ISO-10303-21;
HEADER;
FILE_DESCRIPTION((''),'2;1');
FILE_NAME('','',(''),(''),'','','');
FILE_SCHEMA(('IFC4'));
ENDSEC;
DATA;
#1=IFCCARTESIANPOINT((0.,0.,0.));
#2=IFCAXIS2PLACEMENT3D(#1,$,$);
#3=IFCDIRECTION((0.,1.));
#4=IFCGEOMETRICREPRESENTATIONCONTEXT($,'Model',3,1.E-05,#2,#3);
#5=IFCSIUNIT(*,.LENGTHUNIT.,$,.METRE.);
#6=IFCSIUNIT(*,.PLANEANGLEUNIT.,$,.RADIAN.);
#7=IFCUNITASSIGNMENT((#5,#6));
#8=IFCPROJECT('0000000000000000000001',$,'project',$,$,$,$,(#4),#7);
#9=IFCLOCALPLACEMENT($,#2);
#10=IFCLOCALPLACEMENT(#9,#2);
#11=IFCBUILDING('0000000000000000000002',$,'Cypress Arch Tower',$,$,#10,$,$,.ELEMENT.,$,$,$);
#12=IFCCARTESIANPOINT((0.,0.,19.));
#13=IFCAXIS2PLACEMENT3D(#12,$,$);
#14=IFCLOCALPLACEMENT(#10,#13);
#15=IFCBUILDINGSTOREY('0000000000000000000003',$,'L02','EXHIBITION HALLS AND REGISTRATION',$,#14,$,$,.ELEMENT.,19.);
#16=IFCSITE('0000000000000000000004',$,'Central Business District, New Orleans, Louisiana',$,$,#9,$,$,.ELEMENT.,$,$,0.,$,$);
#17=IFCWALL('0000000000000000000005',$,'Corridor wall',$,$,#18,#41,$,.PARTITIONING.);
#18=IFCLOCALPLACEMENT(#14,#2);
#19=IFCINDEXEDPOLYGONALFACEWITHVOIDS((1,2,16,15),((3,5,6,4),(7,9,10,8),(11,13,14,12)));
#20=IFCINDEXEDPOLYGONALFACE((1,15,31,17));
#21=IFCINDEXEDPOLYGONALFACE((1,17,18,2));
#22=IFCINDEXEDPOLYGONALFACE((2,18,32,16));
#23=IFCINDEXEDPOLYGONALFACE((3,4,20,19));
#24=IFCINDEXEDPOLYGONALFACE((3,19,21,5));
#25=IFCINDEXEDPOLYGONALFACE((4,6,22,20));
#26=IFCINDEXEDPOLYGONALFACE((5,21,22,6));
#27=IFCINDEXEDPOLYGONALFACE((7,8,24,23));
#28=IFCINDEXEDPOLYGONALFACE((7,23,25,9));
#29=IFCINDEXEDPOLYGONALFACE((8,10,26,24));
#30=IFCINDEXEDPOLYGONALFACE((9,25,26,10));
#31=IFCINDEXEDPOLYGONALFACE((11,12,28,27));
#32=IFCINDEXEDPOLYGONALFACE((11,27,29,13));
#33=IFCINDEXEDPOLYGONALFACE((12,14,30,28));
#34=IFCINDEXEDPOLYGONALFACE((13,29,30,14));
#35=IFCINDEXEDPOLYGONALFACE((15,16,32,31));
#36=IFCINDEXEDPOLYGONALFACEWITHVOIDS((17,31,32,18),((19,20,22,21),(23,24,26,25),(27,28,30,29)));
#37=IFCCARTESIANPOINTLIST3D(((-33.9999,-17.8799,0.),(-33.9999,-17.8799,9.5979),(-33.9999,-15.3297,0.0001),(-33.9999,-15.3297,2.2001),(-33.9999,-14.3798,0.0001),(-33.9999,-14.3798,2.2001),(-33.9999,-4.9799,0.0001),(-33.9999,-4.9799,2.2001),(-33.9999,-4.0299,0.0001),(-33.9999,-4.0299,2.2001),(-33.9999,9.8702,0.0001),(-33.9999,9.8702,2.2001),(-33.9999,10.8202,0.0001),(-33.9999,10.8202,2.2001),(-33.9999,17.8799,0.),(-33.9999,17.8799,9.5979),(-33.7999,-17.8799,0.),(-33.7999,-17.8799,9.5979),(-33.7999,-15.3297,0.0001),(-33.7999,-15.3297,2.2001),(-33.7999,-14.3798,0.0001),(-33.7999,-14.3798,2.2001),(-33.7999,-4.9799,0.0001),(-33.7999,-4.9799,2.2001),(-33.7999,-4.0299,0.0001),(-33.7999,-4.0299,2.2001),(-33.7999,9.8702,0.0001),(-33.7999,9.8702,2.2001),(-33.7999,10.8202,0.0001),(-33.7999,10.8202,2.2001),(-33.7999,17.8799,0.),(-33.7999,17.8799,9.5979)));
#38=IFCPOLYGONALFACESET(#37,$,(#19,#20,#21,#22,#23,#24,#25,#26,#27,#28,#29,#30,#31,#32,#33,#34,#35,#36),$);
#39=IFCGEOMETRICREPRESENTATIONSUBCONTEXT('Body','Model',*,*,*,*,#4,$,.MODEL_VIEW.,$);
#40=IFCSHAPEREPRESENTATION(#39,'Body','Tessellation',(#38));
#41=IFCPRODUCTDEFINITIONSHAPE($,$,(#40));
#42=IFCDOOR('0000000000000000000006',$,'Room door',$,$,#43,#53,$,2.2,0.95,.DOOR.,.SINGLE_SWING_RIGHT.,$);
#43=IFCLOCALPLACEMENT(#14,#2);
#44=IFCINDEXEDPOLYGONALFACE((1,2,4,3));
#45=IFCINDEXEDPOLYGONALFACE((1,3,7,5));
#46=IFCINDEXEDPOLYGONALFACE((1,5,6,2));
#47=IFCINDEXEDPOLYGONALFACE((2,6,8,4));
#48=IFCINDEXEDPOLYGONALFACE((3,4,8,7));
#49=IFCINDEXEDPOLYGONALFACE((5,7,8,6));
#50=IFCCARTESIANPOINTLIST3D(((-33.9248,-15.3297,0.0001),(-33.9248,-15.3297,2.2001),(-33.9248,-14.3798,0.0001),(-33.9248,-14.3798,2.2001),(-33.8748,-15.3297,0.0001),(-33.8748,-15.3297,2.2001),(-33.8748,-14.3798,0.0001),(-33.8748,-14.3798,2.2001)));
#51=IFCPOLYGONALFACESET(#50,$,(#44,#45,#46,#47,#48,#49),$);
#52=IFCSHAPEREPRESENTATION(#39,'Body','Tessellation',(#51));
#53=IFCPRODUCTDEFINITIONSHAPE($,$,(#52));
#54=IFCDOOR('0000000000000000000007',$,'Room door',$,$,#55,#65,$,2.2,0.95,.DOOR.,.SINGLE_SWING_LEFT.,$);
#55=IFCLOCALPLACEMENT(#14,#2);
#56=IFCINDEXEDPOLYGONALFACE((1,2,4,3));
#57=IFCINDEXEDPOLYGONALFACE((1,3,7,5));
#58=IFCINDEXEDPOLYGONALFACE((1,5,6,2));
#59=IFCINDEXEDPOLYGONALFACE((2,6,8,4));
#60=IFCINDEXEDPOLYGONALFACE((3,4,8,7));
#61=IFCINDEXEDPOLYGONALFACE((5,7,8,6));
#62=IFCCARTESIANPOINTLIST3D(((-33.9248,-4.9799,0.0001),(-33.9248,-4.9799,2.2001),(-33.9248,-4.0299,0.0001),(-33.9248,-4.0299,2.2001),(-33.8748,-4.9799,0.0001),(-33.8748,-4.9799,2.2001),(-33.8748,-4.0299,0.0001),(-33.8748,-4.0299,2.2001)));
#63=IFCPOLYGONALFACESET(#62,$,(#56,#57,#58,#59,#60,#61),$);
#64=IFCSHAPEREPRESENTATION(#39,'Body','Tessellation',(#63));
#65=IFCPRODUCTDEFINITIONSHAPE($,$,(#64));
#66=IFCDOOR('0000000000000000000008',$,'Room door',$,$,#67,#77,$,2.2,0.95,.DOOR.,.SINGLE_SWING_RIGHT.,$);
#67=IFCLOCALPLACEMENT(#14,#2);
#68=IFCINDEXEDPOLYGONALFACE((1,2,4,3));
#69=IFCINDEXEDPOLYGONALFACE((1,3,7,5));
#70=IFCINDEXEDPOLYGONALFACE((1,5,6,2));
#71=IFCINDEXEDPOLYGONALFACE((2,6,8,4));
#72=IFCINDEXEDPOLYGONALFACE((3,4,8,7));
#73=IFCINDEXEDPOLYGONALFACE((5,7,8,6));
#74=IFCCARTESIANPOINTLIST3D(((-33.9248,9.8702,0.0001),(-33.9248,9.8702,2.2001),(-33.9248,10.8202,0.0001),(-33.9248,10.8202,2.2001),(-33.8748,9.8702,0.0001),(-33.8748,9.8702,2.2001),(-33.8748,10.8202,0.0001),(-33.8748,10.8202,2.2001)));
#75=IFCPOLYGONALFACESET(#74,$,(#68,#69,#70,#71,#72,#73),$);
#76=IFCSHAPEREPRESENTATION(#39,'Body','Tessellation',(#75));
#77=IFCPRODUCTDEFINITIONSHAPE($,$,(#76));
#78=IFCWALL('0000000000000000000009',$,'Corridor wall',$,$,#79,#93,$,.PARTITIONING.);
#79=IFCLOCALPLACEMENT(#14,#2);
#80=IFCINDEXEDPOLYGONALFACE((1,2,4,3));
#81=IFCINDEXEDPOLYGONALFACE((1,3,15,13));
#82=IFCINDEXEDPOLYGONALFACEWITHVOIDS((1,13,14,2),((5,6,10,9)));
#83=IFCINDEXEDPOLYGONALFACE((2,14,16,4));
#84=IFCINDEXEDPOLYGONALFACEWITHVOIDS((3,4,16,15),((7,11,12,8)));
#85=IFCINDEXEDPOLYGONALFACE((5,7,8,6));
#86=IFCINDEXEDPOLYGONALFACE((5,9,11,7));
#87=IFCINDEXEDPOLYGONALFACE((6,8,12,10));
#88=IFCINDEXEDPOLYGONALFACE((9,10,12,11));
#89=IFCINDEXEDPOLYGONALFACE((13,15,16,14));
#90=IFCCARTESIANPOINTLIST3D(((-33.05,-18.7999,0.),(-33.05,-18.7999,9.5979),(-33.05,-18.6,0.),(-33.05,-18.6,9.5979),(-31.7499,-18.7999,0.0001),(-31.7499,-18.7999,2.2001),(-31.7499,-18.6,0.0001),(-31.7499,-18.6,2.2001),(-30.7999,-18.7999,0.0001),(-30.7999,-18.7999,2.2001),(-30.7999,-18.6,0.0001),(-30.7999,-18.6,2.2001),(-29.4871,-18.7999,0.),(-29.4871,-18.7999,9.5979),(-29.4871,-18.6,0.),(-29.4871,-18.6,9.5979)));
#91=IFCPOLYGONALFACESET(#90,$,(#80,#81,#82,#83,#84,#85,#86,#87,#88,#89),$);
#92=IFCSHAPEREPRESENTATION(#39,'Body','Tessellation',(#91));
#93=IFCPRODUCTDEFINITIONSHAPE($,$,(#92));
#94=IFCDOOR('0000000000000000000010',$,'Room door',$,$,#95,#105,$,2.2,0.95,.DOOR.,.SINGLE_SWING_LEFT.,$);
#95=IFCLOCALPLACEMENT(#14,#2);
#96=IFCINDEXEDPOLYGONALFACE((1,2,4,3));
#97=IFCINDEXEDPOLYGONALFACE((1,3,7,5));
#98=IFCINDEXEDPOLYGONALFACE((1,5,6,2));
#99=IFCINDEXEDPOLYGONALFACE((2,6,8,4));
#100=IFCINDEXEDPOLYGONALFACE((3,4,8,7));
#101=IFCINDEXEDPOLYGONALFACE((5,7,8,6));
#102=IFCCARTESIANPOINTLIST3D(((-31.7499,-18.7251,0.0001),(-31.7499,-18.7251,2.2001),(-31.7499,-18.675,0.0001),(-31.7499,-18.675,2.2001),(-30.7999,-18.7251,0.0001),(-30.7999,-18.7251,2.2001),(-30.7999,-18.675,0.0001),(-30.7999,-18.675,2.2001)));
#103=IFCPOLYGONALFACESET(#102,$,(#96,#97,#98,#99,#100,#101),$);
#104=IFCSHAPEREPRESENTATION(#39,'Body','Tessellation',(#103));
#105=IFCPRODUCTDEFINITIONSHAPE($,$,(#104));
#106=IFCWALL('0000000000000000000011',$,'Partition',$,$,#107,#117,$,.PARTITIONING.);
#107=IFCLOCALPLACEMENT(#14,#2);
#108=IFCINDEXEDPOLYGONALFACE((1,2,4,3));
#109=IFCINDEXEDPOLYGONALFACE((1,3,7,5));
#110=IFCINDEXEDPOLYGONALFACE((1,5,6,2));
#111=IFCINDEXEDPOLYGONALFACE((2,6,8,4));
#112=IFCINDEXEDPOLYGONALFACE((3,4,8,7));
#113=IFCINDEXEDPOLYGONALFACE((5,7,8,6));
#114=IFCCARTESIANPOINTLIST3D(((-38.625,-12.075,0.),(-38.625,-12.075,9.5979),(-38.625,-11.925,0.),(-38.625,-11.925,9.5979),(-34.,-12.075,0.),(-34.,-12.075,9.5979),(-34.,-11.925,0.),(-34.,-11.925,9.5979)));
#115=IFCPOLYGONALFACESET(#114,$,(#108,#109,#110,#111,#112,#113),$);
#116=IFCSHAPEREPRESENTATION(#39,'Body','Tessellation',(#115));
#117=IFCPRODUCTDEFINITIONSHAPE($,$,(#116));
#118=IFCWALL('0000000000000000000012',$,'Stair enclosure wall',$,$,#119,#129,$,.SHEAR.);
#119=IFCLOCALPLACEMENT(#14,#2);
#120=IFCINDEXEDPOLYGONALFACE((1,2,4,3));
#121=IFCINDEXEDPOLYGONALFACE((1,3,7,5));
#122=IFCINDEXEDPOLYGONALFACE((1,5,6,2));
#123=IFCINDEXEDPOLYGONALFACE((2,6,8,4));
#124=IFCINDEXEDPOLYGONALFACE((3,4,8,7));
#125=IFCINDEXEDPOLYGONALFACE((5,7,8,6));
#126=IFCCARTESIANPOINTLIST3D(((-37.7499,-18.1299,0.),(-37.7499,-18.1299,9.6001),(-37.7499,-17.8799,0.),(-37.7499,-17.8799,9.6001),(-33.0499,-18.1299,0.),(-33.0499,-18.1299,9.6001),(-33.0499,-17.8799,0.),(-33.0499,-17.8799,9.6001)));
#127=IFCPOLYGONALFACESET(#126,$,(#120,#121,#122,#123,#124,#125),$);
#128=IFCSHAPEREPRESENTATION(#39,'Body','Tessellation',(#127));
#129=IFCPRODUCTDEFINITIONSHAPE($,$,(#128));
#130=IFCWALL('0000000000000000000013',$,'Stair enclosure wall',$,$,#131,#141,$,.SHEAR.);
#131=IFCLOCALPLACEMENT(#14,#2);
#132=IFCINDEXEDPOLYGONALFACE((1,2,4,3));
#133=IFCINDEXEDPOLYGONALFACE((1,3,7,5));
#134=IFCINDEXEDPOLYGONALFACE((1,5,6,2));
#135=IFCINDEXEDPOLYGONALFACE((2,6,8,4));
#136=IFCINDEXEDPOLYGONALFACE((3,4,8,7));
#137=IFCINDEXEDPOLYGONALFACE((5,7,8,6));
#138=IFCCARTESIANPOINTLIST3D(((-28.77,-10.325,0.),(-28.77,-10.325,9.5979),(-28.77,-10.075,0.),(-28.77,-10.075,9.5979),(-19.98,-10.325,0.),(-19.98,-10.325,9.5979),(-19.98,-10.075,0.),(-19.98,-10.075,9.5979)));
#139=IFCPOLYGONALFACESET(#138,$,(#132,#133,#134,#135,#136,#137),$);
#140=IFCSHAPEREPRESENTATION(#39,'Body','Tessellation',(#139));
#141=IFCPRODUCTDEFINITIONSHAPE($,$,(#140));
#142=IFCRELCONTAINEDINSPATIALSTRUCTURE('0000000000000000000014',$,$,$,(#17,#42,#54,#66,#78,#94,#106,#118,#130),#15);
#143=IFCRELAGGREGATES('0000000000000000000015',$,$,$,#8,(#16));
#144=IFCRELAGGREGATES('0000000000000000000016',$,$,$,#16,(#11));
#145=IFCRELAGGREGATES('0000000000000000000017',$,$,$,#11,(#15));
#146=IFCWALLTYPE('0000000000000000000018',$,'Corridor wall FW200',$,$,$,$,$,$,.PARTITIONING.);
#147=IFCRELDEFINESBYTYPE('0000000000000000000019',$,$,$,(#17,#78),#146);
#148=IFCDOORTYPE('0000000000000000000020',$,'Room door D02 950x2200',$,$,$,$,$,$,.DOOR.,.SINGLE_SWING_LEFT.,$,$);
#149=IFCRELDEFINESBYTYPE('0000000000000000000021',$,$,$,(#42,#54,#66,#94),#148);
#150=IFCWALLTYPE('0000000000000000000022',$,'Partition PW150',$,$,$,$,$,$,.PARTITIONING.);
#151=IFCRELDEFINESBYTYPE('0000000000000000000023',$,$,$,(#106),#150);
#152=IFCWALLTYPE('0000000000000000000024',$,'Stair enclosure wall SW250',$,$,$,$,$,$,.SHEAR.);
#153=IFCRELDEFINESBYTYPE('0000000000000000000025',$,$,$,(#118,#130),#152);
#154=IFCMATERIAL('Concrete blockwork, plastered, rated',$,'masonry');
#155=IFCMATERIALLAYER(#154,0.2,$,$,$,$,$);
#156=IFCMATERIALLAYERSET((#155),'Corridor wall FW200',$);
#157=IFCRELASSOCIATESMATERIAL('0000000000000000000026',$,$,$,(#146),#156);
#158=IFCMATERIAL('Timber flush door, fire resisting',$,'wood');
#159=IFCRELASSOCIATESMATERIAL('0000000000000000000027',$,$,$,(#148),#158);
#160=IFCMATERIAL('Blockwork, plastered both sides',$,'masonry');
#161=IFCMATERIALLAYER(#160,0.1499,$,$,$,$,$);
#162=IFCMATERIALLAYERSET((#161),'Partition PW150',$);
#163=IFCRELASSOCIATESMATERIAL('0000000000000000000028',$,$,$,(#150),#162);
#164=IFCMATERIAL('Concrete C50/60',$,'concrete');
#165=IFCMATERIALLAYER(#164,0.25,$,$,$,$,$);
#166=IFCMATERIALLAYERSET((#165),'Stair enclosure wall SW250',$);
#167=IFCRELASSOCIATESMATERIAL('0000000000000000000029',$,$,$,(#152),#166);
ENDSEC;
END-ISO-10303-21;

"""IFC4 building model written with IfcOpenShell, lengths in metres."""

from ifc_helpers import new_model, si_unit, direction, frame, frame_2d, origin, place, context, subcontext, project, spatial, rectangle, extrude, material, layer, layer_set, type_object, element, fill, save


model = new_model("IFC4")

# Units and contexts
model_context = context("Model", 3, precision=1e-05, world=origin(), true_north=direction((0.0, 1.0)))
body_context = subcontext(model_context, "Body", "Model", "MODEL_VIEW")
ifc_project = project(units=[si_unit("LENGTHUNIT", "METRE"), si_unit("PLANEANGLEUNIT", "RADIAN")], contexts=[model_context])

# Site, building, storey
site_placement = place(None, origin())
site = spatial("IfcSite", under=ifc_project, at=site_placement, Name="Central Business District, New Orleans, Louisiana", CompositionType="ELEMENT", RefElevation=0.0)
building_placement = place(site_placement, origin())
building = spatial("IfcBuilding", under=site, at=building_placement, Name="Cypress Arch Tower", CompositionType="ELEMENT")
storey_placement = place(building_placement, frame((0.0, 0.0, 19.0)))
storey = spatial("IfcBuildingStorey", under=building, at=storey_placement, Name="L02", Description="EXHIBITION HALLS AND REGISTRATION", CompositionType="ELEMENT", Elevation=19.0)

# Wall, openings, doors
ifc_material_1 = material(Name="Concrete blockwork, plastered, rated", Category="masonry")
ifc_layer_1 = layer(ifc_material_1, 0.2)
ifc_layer_set_1 = layer_set([ifc_layer_1], Name="Corridor wall FW200")
wall_type_1 = type_object("IfcWallType", Name="Corridor wall FW200", PredefinedType="PARTITIONING", material=ifc_layer_set_1)
wall_1_placement = place(storey_placement, frame((-33.8999, -17.8799, 0.0), z_axis=(0.0, 0.0, 1.0), x_axis=(0.0, 1.0, 0.0)))
wall_1 = element("IfcWall", 1, at=wall_1_placement, inside=storey, type_object=wall_type_1, Name="Corridor wall", PredefinedType="PARTITIONING", context=body_context, shape_type="SweptSolid", body=[
    extrude(rectangle(XDim=35.7598, YDim=0.2, at=frame_2d((17.8799, 0.0))), origin(), (0.0, 0.0, 1.0), 9.5979),
])
opening_1_placement = place(wall_1_placement, frame((2.55, 0.0, 0.0)))
opening_1 = element("IfcOpeningElement", 2, at=opening_1_placement, cuts=wall_1, PredefinedType="OPENING", context=body_context, shape_type="SweptSolid", body=[
    extrude(rectangle(XDim=0.95, YDim=2.2, at=frame_2d((0.4751, 1.1001))), frame((0.0, 0.1099, 0.0), z_axis=(0.0, -1.0, 0.0), x_axis=(1.0, 0.0, 0.0)), (0.0, 0.0, 1.0), 0.22),
])
opening_2_placement = place(wall_1_placement, frame((12.8999, 0.0, 0.0)))
opening_2 = element("IfcOpeningElement", 3, at=opening_2_placement, cuts=wall_1, PredefinedType="OPENING", context=body_context, shape_type="SweptSolid", body=[
    extrude(rectangle(XDim=0.95, YDim=2.2, at=frame_2d((0.4751, 1.1001))), frame((0.0, 0.1099, 0.0), z_axis=(0.0, -1.0, 0.0), x_axis=(1.0, 0.0, 0.0)), (0.0, 0.0, 1.0), 0.22),
])
opening_3_placement = place(wall_1_placement, frame((27.75, 0.0, 0.0)))
opening_3 = element("IfcOpeningElement", 4, at=opening_3_placement, cuts=wall_1, PredefinedType="OPENING", context=body_context, shape_type="SweptSolid", body=[
    extrude(rectangle(XDim=0.95, YDim=2.2, at=frame_2d((0.4751, 1.1001))), frame((0.0, 0.1099, 0.0), z_axis=(0.0, -1.0, 0.0), x_axis=(1.0, 0.0, 0.0)), (0.0, 0.0, 1.0), 0.22),
])
ifc_material_2 = material(Name="Timber flush door, fire resisting", Category="wood")
door_type = type_object("IfcDoorType", Name="Room door D02 950x2200", OperationType="SINGLE_SWING_LEFT", PredefinedType="DOOR", material=ifc_material_2)
door_1_placement = place(opening_1_placement, origin())
door_1 = element("IfcDoor", 5, at=door_1_placement, inside=storey, type_object=door_type, Name="Room door", OperationType="SINGLE_SWING_RIGHT", OverallHeight=2.2, OverallWidth=0.95, PredefinedType="DOOR", context=body_context, shape_type="SweptSolid", body=[
    extrude(rectangle(XDim=0.95, YDim=2.2, at=frame_2d((0.4751, 1.1001))), frame((0.0, 0.0249, 0.0), z_axis=(0.0, -1.0, 0.0), x_axis=(1.0, 0.0, 0.0)), (0.0, 0.0, 1.0), 0.05),
])
fill(opening_1, door_1)
door_2_placement = place(opening_2_placement, origin())
door_2 = element("IfcDoor", 6, at=door_2_placement, inside=storey, type_object=door_type, Name="Room door", OperationType="SINGLE_SWING_LEFT", OverallHeight=2.2, OverallWidth=0.95, PredefinedType="DOOR", context=body_context, shape_type="SweptSolid", body=[
    extrude(rectangle(XDim=0.95, YDim=2.2, at=frame_2d((0.4751, 1.1001))), frame((0.0, 0.0249, 0.0), z_axis=(0.0, -1.0, 0.0), x_axis=(1.0, 0.0, 0.0)), (0.0, 0.0, 1.0), 0.05),
])
fill(opening_2, door_2)
door_3_placement = place(opening_3_placement, origin())
door_3 = element("IfcDoor", 7, at=door_3_placement, inside=storey, type_object=door_type, Name="Room door", OperationType="SINGLE_SWING_RIGHT", OverallHeight=2.2, OverallWidth=0.95, PredefinedType="DOOR", context=body_context, shape_type="SweptSolid", body=[
    extrude(rectangle(XDim=0.95, YDim=2.2, at=frame_2d((0.4751, 1.1001))), frame((0.0, 0.0249, 0.0), z_axis=(0.0, -1.0, 0.0), x_axis=(1.0, 0.0, 0.0)), (0.0, 0.0, 1.0), 0.05),
])
fill(opening_3, door_3)

# Wall, opening, door
wall_2_placement = place(storey_placement, frame((-33.05, -18.7, 0.0), z_axis=(0.0, 0.0, 1.0), x_axis=(1.0, 0.0, 0.0)))
wall_2 = element("IfcWall", 8, at=wall_2_placement, inside=storey, type_object=wall_type_1, Name="Corridor wall", PredefinedType="PARTITIONING", context=body_context, shape_type="SweptSolid", body=[
    extrude(rectangle(XDim=3.563, YDim=0.2, at=frame_2d((1.7815, 0.0))), origin(), (0.0, 0.0, 1.0), 9.5979),
])
opening_4_placement = place(wall_2_placement, frame((1.3, 0.0, 0.0)))
opening_4 = element("IfcOpeningElement", 9, at=opening_4_placement, cuts=wall_2, PredefinedType="OPENING", context=body_context, shape_type="SweptSolid", body=[
    extrude(rectangle(XDim=0.95, YDim=2.2, at=frame_2d((0.4751, 1.1001))), frame((0.0, 0.1099, 0.0), z_axis=(0.0, -1.0, 0.0), x_axis=(1.0, 0.0, 0.0)), (0.0, 0.0, 1.0), 0.22),
])
door_4_placement = place(opening_4_placement, origin())
door_4 = element("IfcDoor", 10, at=door_4_placement, inside=storey, type_object=door_type, Name="Room door", OperationType="SINGLE_SWING_LEFT", OverallHeight=2.2, OverallWidth=0.95, PredefinedType="DOOR", context=body_context, shape_type="SweptSolid", body=[
    extrude(rectangle(XDim=0.95, YDim=2.2, at=frame_2d((0.4751, 1.1001))), frame((0.0, 0.0249, 0.0), z_axis=(0.0, -1.0, 0.0), x_axis=(1.0, 0.0, 0.0)), (0.0, 0.0, 1.0), 0.05),
])
fill(opening_4, door_4)

# Walls
ifc_material_3 = material(Name="Blockwork, plastered both sides", Category="masonry")
ifc_layer_2 = layer(ifc_material_3, 0.1499)
ifc_layer_set_2 = layer_set([ifc_layer_2], Name="Partition PW150")
wall_type_2 = type_object("IfcWallType", Name="Partition PW150", PredefinedType="PARTITIONING", material=ifc_layer_set_2)
wall_3_placement = place(storey_placement, frame((-38.625, -12.0, 0.0), z_axis=(0.0, 0.0, 1.0), x_axis=(1.0, 0.0, 0.0)))
element("IfcWall", 11, at=wall_3_placement, inside=storey, type_object=wall_type_2, Name="Partition", PredefinedType="PARTITIONING", context=body_context, shape_type="SweptSolid", body=[
    extrude(rectangle(XDim=4.625, YDim=0.1499, at=frame_2d((2.3125, 0.0))), origin(), (0.0, 0.0, 1.0), 9.5979),
])
ifc_material_4 = material(Name="Concrete C50/60", Category="concrete")
ifc_layer_3 = layer(ifc_material_4, 0.25)
ifc_layer_set_3 = layer_set([ifc_layer_3], Name="Stair enclosure wall SW250")
wall_type_3 = type_object("IfcWallType", Name="Stair enclosure wall SW250", PredefinedType="SHEAR", material=ifc_layer_set_3)
wall_4_placement = place(storey_placement, frame((-37.75, -18.0049, 0.0), z_axis=(0.0, 0.0, 1.0), x_axis=(1.0, 0.0, 0.0)))
element("IfcWall", 12, at=wall_4_placement, inside=storey, type_object=wall_type_3, Name="Stair enclosure wall", PredefinedType="SHEAR", context=body_context, shape_type="SweptSolid", body=[
    extrude(rectangle(XDim=4.7, YDim=0.25, at=frame_2d((2.3501, 0.0))), origin(), (0.0, 0.0, 1.0), 9.6001),
])
wall_5_placement = place(storey_placement, frame((-28.77, -10.2, 0.0), z_axis=(0.0, 0.0, 1.0), x_axis=(1.0, 0.0, 0.0)))
element("IfcWall", 13, at=wall_5_placement, inside=storey, type_object=wall_type_3, Name="Stair enclosure wall", PredefinedType="SHEAR", context=body_context, shape_type="SweptSolid", body=[
    extrude(rectangle(XDim=8.79, YDim=0.25, at=frame_2d((4.395, 0.0))), origin(), (0.0, 0.0, 1.0), 9.5979),
])

save(model, "model.ifc")
